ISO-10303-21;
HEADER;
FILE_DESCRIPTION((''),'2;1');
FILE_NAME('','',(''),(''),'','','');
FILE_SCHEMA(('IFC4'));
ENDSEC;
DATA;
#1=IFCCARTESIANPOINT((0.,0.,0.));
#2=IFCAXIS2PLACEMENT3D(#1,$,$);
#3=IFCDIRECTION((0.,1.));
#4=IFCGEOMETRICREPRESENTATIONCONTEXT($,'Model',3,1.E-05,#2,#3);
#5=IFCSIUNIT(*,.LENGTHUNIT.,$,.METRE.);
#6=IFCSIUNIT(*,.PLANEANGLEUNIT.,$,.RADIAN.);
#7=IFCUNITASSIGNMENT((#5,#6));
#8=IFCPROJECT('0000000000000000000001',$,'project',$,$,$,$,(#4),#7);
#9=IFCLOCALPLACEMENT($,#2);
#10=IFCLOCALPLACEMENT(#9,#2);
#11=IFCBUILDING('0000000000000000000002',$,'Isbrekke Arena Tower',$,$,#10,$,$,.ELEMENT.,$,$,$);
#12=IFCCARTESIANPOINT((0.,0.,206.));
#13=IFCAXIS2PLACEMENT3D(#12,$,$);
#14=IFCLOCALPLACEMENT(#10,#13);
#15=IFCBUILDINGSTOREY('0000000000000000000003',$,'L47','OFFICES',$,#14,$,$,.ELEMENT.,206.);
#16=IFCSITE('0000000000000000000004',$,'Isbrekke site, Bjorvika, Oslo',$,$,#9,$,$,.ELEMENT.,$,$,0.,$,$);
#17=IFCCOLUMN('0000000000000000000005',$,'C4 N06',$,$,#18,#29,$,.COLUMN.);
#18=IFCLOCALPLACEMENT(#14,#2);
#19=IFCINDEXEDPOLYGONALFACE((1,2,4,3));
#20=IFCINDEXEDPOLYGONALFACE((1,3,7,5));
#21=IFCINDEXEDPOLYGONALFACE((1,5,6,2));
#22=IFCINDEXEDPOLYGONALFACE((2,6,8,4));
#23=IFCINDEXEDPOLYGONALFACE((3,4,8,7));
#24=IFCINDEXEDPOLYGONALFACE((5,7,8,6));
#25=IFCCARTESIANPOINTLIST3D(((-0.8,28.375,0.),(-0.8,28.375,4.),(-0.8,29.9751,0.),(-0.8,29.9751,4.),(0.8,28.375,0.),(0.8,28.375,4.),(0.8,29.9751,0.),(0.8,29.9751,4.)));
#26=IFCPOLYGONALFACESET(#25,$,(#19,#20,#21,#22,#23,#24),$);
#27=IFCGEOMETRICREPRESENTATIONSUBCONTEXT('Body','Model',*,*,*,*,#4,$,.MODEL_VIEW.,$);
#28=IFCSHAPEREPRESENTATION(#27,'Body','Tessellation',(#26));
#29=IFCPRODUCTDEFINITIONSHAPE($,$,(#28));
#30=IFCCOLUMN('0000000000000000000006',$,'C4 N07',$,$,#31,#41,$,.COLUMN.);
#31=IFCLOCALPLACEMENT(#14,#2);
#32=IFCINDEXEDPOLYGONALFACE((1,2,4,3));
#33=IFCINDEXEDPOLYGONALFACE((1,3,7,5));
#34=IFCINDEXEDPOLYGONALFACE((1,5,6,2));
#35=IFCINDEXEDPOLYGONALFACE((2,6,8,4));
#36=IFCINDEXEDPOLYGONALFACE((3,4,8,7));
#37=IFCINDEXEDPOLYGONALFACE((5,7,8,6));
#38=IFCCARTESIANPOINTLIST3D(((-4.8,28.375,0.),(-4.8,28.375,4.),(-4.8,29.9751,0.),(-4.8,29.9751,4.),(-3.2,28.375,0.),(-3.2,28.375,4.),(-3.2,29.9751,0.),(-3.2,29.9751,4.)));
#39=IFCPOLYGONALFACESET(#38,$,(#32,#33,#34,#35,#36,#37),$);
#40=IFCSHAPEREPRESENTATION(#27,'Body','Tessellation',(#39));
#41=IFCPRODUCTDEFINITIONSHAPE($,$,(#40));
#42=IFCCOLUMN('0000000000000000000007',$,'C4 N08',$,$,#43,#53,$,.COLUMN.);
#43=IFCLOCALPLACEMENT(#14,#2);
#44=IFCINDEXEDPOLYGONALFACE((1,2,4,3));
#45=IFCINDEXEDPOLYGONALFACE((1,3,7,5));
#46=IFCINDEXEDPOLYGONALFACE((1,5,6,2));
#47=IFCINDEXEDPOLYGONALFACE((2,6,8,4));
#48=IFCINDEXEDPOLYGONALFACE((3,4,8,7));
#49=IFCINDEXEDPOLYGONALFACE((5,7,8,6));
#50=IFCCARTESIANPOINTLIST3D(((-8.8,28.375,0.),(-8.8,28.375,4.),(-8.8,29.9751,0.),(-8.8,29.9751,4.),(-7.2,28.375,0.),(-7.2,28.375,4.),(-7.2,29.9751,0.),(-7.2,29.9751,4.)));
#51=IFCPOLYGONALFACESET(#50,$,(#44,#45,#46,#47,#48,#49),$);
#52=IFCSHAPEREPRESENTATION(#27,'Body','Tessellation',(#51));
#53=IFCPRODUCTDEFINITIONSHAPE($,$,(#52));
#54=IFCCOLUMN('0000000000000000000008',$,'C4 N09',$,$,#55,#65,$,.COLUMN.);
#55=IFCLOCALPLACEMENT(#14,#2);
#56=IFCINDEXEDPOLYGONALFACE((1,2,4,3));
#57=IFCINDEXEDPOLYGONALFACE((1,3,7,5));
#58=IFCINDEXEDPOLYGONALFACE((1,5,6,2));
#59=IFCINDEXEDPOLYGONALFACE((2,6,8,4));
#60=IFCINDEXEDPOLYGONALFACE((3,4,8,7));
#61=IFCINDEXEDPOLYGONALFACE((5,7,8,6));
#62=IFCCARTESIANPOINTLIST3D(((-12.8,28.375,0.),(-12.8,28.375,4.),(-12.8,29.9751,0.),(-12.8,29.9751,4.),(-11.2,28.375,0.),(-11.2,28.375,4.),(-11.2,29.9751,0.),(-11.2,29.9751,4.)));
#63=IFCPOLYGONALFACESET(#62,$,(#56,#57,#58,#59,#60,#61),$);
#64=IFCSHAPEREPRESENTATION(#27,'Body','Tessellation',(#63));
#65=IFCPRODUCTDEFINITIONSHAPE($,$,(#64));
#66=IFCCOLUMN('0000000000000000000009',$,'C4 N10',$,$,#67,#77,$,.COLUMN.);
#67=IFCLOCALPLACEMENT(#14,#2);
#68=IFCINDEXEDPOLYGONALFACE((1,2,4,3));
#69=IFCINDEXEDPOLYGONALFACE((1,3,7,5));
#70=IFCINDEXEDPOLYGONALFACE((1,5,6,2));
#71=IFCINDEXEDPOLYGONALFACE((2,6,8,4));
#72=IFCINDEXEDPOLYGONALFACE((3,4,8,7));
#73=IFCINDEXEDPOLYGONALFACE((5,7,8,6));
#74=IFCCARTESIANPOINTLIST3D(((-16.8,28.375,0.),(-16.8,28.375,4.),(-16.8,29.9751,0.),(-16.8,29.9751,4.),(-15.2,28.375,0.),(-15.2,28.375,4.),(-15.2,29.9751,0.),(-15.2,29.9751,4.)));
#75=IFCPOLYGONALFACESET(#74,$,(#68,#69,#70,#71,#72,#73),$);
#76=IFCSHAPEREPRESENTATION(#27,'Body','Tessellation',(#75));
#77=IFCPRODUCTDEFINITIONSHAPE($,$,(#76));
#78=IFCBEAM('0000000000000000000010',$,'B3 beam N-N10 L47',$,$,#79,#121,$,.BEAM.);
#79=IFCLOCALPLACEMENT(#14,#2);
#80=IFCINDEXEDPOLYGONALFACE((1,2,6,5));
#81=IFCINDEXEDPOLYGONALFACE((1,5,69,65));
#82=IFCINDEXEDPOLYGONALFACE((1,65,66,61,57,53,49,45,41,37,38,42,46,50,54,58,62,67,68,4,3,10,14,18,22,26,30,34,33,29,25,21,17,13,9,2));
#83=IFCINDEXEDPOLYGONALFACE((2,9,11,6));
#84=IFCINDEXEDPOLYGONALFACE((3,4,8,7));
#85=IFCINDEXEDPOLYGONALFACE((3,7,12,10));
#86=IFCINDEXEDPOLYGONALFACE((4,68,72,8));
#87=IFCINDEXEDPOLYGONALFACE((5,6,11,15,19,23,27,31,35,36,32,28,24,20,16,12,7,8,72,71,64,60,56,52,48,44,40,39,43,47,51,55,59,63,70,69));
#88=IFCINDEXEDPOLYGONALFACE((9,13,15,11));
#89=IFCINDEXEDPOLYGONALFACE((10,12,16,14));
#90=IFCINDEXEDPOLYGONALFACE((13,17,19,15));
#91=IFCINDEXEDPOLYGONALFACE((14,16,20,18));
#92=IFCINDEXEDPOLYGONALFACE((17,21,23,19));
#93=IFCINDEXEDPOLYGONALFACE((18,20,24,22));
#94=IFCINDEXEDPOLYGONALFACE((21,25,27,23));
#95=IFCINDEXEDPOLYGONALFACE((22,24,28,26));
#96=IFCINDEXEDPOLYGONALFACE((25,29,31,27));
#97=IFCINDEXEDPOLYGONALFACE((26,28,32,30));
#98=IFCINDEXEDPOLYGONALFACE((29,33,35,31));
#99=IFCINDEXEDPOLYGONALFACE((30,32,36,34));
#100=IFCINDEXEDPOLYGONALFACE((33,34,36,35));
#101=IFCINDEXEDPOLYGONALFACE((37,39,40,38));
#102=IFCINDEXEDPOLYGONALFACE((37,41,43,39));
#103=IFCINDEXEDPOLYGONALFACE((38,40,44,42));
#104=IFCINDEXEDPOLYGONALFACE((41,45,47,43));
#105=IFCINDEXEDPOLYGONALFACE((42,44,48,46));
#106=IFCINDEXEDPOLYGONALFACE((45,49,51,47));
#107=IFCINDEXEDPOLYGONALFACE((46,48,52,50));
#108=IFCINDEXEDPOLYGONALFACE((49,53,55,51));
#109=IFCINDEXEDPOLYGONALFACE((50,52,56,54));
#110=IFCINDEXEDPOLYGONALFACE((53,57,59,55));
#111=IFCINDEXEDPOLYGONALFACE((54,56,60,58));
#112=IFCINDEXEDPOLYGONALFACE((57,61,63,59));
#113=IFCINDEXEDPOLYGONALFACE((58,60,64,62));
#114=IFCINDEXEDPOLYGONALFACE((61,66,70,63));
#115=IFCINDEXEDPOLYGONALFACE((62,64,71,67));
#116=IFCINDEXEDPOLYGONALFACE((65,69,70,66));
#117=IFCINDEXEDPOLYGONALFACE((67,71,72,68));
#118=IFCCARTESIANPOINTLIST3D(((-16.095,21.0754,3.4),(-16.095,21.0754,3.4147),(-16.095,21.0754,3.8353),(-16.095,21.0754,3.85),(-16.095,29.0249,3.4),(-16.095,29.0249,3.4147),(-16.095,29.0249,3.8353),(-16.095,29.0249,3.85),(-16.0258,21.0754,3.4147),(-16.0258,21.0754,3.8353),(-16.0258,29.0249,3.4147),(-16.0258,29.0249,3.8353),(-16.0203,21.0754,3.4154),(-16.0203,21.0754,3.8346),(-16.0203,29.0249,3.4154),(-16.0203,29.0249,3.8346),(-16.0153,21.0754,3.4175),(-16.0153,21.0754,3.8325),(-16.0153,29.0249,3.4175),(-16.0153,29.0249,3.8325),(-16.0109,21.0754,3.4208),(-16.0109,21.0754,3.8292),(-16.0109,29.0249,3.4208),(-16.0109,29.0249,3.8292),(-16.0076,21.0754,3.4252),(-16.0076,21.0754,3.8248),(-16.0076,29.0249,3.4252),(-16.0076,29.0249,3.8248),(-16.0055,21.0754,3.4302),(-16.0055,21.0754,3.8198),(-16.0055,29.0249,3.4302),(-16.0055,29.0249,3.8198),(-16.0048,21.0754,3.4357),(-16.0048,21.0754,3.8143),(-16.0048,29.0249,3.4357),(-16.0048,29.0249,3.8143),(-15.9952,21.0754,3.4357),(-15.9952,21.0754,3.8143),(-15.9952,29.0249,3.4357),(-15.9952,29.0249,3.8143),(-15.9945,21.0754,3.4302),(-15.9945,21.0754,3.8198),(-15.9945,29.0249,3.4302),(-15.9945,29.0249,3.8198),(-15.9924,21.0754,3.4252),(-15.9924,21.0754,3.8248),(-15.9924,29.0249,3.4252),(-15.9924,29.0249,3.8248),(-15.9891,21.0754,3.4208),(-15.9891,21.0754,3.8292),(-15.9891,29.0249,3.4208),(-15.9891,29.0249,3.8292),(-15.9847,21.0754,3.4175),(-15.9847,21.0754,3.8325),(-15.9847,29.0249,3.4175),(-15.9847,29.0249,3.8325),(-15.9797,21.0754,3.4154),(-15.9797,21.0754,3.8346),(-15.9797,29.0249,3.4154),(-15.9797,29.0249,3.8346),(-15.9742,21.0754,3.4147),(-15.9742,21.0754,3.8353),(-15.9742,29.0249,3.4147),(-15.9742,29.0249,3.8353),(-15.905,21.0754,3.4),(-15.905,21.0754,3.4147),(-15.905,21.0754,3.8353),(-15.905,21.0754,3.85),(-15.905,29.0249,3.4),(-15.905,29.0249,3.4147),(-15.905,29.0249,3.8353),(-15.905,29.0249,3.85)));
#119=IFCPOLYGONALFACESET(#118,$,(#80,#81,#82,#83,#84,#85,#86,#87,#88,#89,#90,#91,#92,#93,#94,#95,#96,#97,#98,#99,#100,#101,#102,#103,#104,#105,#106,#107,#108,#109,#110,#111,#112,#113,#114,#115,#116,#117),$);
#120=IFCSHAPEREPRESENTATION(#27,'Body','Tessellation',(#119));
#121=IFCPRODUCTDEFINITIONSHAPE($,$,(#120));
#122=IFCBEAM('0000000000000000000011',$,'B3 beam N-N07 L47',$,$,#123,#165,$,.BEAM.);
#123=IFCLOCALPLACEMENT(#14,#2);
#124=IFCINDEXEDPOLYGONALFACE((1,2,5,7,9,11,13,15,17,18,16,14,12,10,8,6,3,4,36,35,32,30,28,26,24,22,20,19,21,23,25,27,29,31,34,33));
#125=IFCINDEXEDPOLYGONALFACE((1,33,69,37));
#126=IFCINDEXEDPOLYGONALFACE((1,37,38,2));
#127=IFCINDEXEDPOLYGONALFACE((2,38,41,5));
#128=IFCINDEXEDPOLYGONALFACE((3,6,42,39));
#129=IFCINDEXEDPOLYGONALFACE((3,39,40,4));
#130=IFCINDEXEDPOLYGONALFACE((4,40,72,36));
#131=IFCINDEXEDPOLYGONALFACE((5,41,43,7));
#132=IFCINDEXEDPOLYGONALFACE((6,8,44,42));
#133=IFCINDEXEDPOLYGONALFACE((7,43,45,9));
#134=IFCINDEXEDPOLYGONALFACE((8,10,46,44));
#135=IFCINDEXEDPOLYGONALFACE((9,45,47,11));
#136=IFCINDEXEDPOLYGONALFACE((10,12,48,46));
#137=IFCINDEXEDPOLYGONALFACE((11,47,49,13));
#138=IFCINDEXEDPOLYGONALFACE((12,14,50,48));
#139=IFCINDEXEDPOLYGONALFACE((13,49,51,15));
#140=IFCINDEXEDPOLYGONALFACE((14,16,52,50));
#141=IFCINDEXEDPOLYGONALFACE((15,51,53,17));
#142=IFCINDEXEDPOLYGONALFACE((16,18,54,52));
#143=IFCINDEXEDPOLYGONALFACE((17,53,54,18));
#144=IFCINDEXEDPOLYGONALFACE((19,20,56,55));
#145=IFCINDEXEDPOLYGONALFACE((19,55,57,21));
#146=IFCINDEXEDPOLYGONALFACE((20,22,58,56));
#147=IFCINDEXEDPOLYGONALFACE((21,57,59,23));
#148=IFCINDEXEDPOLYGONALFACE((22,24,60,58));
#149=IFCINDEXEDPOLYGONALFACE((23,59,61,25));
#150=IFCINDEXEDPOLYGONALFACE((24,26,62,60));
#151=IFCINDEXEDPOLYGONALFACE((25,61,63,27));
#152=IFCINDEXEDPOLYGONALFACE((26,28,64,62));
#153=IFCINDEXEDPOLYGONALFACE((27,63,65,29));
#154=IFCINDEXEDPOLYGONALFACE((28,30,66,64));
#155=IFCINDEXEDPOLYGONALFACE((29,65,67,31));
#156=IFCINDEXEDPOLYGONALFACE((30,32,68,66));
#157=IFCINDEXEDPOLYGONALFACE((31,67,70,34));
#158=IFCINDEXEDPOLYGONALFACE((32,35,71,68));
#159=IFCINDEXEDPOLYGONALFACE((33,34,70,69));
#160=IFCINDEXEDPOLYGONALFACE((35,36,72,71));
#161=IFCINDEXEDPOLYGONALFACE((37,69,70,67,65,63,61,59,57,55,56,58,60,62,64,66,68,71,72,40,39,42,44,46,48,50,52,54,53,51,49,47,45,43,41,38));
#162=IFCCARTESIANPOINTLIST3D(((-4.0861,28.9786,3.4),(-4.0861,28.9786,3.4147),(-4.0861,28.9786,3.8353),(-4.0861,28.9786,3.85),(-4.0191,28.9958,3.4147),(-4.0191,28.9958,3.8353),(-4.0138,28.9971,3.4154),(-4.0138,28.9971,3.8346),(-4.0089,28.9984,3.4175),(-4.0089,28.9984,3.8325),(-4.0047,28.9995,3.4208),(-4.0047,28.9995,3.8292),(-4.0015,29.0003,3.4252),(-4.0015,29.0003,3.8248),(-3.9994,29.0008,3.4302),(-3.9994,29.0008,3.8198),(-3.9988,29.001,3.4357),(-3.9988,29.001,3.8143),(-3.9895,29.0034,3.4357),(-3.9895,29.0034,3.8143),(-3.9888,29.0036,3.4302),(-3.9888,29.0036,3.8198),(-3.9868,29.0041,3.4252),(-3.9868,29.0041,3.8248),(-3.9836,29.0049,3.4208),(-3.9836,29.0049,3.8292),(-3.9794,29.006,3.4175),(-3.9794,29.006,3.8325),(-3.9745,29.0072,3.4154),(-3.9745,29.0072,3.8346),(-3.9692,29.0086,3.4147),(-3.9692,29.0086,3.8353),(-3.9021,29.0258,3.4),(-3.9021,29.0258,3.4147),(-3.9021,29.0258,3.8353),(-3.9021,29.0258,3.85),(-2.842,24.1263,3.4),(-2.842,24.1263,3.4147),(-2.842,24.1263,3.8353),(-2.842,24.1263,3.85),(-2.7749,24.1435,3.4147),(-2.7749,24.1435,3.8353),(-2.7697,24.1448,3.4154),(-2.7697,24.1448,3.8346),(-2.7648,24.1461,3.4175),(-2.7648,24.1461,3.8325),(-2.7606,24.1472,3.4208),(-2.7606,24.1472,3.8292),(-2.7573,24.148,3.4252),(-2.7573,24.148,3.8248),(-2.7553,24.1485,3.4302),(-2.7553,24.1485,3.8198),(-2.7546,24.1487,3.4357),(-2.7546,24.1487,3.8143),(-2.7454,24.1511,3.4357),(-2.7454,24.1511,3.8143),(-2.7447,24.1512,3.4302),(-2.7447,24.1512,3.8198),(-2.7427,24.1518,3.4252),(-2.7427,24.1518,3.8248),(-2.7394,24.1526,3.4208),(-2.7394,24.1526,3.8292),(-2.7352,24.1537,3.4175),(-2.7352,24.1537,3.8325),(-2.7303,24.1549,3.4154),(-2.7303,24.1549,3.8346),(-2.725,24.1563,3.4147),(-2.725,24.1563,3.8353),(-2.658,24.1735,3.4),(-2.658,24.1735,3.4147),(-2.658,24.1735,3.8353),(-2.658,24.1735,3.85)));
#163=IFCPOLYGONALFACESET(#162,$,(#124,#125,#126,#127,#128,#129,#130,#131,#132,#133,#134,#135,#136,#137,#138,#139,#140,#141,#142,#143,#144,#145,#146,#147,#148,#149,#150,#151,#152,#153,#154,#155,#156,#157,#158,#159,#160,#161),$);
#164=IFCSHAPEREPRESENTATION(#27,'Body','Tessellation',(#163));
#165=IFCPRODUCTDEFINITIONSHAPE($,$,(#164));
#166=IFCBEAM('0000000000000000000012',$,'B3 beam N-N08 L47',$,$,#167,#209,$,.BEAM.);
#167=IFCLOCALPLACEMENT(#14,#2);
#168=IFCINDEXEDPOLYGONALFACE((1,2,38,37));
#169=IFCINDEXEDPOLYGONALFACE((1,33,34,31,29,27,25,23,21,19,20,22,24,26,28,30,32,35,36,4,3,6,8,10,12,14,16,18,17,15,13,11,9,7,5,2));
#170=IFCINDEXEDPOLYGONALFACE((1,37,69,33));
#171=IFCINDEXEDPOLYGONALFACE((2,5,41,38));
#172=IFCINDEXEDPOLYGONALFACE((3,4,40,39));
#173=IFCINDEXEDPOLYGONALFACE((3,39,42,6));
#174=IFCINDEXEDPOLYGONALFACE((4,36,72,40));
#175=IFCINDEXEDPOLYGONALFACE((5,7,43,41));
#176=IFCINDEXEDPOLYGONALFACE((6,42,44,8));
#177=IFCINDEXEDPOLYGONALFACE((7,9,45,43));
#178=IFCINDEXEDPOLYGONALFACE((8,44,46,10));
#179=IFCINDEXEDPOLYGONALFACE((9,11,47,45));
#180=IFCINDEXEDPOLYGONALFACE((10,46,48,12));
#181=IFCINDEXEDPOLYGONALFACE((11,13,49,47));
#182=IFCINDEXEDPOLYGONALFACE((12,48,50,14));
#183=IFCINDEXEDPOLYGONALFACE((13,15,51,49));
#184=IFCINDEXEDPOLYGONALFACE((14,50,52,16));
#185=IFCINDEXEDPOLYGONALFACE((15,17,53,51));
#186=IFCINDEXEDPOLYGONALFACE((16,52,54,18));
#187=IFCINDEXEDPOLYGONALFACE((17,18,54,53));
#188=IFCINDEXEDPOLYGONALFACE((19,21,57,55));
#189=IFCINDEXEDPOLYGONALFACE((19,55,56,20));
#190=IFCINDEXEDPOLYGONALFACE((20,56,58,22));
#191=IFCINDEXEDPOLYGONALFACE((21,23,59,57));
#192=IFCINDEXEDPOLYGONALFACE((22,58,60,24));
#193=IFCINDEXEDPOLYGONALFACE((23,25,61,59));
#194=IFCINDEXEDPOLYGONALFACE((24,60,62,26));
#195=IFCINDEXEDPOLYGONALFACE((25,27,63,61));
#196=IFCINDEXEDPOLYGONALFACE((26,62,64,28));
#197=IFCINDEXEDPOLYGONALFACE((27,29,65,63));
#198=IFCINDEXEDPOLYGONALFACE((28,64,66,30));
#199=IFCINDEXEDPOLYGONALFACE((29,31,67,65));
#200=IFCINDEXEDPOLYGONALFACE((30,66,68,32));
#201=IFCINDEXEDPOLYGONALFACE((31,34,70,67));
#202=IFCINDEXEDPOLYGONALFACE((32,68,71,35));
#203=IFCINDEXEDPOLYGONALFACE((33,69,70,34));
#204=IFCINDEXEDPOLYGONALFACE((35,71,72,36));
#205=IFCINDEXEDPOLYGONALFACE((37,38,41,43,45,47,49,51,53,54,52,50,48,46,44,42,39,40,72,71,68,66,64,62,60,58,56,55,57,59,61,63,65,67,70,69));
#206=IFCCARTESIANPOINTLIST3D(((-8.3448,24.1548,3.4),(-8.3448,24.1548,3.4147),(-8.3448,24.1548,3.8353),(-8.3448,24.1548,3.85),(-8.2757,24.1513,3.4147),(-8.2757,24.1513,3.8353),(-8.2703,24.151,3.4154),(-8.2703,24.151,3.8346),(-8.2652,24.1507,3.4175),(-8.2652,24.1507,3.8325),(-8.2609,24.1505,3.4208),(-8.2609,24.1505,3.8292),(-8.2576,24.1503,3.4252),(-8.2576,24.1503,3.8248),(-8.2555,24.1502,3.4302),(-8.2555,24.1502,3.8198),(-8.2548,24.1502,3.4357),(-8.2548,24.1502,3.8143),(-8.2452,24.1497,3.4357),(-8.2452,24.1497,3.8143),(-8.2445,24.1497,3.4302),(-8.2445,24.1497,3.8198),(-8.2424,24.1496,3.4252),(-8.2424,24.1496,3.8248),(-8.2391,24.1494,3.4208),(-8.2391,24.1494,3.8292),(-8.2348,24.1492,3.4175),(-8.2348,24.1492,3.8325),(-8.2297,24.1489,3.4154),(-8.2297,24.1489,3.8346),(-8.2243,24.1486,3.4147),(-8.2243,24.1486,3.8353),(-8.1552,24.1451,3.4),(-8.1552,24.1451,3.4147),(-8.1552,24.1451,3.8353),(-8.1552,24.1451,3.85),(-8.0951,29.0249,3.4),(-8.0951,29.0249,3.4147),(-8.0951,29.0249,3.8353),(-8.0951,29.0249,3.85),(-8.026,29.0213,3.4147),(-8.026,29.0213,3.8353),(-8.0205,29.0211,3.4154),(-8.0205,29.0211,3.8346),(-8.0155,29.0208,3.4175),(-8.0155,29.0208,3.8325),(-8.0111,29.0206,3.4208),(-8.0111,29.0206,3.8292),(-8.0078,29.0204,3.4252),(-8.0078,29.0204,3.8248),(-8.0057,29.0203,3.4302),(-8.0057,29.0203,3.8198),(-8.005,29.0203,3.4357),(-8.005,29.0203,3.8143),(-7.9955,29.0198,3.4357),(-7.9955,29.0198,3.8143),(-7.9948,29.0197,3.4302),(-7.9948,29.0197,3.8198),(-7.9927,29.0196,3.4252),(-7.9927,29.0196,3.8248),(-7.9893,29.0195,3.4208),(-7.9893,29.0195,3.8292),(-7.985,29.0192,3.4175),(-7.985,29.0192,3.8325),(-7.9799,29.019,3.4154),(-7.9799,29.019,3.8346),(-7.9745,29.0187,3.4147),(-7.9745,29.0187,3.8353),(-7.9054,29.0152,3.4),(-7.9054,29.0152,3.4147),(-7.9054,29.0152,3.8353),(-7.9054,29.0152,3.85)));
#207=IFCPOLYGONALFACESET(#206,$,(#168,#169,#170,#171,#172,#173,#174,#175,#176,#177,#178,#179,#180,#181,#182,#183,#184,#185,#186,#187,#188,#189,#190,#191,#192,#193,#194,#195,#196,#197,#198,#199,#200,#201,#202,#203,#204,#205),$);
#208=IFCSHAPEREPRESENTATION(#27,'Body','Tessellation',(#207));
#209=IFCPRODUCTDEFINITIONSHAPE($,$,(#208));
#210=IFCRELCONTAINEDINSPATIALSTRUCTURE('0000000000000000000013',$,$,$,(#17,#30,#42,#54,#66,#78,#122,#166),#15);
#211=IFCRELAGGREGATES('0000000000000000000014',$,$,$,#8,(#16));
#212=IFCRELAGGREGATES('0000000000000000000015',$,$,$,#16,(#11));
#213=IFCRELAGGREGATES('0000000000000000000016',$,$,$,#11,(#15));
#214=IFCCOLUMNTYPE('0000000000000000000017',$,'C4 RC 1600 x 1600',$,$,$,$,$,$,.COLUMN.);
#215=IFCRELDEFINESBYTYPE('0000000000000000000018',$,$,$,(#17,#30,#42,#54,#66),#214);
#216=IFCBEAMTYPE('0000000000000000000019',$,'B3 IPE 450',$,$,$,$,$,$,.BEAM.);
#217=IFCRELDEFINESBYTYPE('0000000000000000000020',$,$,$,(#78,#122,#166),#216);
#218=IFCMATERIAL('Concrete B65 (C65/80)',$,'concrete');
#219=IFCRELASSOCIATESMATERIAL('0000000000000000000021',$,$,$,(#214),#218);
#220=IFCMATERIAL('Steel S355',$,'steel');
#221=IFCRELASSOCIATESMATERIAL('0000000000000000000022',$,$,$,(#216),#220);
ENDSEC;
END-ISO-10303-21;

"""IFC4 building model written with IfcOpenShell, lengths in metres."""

from ifc_helpers import new_model, si_unit, direction, frame, origin, origin_2d, place, context, subcontext, project, spatial, rectangle, i_section, extrude, material, material_profile, profile_set, type_object, element, save


model = new_model("IFC4")

# Units and contexts
model_context = context("Model", 3, precision=1e-05, world=origin(), true_north=direction((0.0, 1.0)))
body_context = subcontext(model_context, "Body", "Model", "MODEL_VIEW")
ifc_project = project(units=[si_unit("LENGTHUNIT", "METRE"), si_unit("PLANEANGLEUNIT", "RADIAN")], contexts=[model_context])

# Site, building, storey
site_placement = place(None, origin())
site = spatial("IfcSite", under=ifc_project, at=site_placement, Name="Isbrekke site, Bjorvika, Oslo", CompositionType="ELEMENT", RefElevation=0.0)
building_placement = place(site_placement, origin())
building = spatial("IfcBuilding", under=site, at=building_placement, Name="Isbrekke Arena Tower", CompositionType="ELEMENT")
storey_placement = place(building_placement, frame((0.0, 0.0, 206.0)))
storey = spatial("IfcBuildingStorey", under=building, at=storey_placement, Name="L47", Description="OFFICES", CompositionType="ELEMENT", Elevation=206.0)

# Columns
ifc_material_1 = material(Name="Concrete B65 (C65/80)", Category="concrete")
ifc_material_profile_1 = material_profile(ifc_material_1, rectangle(XDim=1.6001, YDim=1.6001, at=origin_2d()), Name="RC 1600x1600")
ifc_profile_set_1 = profile_set([ifc_material_profile_1], Name="Concrete B65 (C65/80)")
column_type = type_object("IfcColumnType", Name="C4 RC 1600 x 1600", PredefinedType="COLUMN", material=ifc_profile_set_1)
for number, where, z_axis, x_axis, name in (
    (1, (0.0, 29.175, 0.0), (0.0, 0.0, 1.0), (-1.0, 0.0, 0.0), "C4 N06"),
    (2, (-4.0, 29.175, 0.0), (0.0, 0.0, 1.0), (-1.0, 0.0, 0.0), "C4 N07"),
    (3, (-8.0, 29.175, 0.0), (0.0, 0.0, 1.0), (-1.0, 0.0, 0.0), "C4 N08"),
    (4, (-12.0, 29.175, 0.0), (0.0, 0.0, 1.0), (-1.0, 0.0, 0.0), "C4 N09"),
    (5, (-16.0, 29.175, 0.0), (0.0, 0.0, 1.0), (-1.0, 0.0, 0.0), "C4 N10"),
):
    element("IfcColumn", number, at=place(storey_placement, frame(where, z_axis=z_axis, x_axis=x_axis)), inside=storey, type_object=column_type, Name=name, PredefinedType="COLUMN", context=body_context, shape_type="SweptSolid", body=[
        extrude(rectangle(XDim=1.6001, YDim=1.6001, at=origin_2d()), origin(), (0.0, 0.0, 1.0), 4.0),
    ])

# Beams
ifc_material_2 = material(Name="Steel S355", Category="steel")
ifc_material_profile_2 = material_profile(ifc_material_2, i_section(OverallWidth=0.1899, OverallDepth=0.45, WebThickness=0.0095, FlangeThickness=0.0146, FilletRadius=0.021, at=origin_2d()), Name="IPE 450")
ifc_profile_set_2 = profile_set([ifc_material_profile_2], Name="Steel S355")
beam_type_1 = type_object("IfcBeamType", Name="B3 IPE 450", PredefinedType="BEAM", material=ifc_profile_set_2)
beam_1_placement = place(storey_placement, frame((-16.0, 29.0249, 3.625), z_axis=(0.0, -1.0, 0.0), x_axis=(1.0, 0.0, 0.0)))
element("IfcBeam", 6, at=beam_1_placement, inside=storey, type_object=beam_type_1, Name="B3 beam N-N10 L47", PredefinedType="BEAM", context=body_context, shape_type="SweptSolid", body=[
    extrude(i_section(OverallWidth=0.1899, OverallDepth=0.45, WebThickness=0.0095, FlangeThickness=0.0146, FilletRadius=0.021, at=origin_2d()), origin(), (0.0, 0.0, 1.0), 7.9495),
])
beam_2_placement = place(storey_placement, frame((-3.9941, 29.0022, 3.625), z_axis=(0.248368, -0.968666, 0.0), x_axis=(0.968666, 0.248368, 0.0)))
element("IfcBeam", 7, at=beam_2_placement, inside=storey, type_object=beam_type_1, Name="B3 beam N-N07 L47", PredefinedType="BEAM", context=body_context, shape_type="SweptSolid", body=[
    extrude(i_section(OverallWidth=0.1899, OverallDepth=0.45, WebThickness=0.0095, FlangeThickness=0.0146, FilletRadius=0.021, at=origin_2d()), origin(), (0.0, 0.0, 1.0), 5.0093),
])
beam_3_placement = place(storey_placement, frame((-8.0002, 29.02, 3.625), z_axis=(-0.051216, -0.998688, 0.0), x_axis=(0.998688, -0.051216, 0.0)))
element("IfcBeam", 8, at=beam_3_placement, inside=storey, type_object=beam_type_1, Name="B3 beam N-N08 L47", PredefinedType="BEAM", context=body_context, shape_type="SweptSolid", body=[
    extrude(i_section(OverallWidth=0.1899, OverallDepth=0.45, WebThickness=0.0095, FlangeThickness=0.0146, FilletRadius=0.021, at=origin_2d()), origin(), (0.0, 0.0, 1.0), 4.8765),
])

save(model, "model.ifc")
